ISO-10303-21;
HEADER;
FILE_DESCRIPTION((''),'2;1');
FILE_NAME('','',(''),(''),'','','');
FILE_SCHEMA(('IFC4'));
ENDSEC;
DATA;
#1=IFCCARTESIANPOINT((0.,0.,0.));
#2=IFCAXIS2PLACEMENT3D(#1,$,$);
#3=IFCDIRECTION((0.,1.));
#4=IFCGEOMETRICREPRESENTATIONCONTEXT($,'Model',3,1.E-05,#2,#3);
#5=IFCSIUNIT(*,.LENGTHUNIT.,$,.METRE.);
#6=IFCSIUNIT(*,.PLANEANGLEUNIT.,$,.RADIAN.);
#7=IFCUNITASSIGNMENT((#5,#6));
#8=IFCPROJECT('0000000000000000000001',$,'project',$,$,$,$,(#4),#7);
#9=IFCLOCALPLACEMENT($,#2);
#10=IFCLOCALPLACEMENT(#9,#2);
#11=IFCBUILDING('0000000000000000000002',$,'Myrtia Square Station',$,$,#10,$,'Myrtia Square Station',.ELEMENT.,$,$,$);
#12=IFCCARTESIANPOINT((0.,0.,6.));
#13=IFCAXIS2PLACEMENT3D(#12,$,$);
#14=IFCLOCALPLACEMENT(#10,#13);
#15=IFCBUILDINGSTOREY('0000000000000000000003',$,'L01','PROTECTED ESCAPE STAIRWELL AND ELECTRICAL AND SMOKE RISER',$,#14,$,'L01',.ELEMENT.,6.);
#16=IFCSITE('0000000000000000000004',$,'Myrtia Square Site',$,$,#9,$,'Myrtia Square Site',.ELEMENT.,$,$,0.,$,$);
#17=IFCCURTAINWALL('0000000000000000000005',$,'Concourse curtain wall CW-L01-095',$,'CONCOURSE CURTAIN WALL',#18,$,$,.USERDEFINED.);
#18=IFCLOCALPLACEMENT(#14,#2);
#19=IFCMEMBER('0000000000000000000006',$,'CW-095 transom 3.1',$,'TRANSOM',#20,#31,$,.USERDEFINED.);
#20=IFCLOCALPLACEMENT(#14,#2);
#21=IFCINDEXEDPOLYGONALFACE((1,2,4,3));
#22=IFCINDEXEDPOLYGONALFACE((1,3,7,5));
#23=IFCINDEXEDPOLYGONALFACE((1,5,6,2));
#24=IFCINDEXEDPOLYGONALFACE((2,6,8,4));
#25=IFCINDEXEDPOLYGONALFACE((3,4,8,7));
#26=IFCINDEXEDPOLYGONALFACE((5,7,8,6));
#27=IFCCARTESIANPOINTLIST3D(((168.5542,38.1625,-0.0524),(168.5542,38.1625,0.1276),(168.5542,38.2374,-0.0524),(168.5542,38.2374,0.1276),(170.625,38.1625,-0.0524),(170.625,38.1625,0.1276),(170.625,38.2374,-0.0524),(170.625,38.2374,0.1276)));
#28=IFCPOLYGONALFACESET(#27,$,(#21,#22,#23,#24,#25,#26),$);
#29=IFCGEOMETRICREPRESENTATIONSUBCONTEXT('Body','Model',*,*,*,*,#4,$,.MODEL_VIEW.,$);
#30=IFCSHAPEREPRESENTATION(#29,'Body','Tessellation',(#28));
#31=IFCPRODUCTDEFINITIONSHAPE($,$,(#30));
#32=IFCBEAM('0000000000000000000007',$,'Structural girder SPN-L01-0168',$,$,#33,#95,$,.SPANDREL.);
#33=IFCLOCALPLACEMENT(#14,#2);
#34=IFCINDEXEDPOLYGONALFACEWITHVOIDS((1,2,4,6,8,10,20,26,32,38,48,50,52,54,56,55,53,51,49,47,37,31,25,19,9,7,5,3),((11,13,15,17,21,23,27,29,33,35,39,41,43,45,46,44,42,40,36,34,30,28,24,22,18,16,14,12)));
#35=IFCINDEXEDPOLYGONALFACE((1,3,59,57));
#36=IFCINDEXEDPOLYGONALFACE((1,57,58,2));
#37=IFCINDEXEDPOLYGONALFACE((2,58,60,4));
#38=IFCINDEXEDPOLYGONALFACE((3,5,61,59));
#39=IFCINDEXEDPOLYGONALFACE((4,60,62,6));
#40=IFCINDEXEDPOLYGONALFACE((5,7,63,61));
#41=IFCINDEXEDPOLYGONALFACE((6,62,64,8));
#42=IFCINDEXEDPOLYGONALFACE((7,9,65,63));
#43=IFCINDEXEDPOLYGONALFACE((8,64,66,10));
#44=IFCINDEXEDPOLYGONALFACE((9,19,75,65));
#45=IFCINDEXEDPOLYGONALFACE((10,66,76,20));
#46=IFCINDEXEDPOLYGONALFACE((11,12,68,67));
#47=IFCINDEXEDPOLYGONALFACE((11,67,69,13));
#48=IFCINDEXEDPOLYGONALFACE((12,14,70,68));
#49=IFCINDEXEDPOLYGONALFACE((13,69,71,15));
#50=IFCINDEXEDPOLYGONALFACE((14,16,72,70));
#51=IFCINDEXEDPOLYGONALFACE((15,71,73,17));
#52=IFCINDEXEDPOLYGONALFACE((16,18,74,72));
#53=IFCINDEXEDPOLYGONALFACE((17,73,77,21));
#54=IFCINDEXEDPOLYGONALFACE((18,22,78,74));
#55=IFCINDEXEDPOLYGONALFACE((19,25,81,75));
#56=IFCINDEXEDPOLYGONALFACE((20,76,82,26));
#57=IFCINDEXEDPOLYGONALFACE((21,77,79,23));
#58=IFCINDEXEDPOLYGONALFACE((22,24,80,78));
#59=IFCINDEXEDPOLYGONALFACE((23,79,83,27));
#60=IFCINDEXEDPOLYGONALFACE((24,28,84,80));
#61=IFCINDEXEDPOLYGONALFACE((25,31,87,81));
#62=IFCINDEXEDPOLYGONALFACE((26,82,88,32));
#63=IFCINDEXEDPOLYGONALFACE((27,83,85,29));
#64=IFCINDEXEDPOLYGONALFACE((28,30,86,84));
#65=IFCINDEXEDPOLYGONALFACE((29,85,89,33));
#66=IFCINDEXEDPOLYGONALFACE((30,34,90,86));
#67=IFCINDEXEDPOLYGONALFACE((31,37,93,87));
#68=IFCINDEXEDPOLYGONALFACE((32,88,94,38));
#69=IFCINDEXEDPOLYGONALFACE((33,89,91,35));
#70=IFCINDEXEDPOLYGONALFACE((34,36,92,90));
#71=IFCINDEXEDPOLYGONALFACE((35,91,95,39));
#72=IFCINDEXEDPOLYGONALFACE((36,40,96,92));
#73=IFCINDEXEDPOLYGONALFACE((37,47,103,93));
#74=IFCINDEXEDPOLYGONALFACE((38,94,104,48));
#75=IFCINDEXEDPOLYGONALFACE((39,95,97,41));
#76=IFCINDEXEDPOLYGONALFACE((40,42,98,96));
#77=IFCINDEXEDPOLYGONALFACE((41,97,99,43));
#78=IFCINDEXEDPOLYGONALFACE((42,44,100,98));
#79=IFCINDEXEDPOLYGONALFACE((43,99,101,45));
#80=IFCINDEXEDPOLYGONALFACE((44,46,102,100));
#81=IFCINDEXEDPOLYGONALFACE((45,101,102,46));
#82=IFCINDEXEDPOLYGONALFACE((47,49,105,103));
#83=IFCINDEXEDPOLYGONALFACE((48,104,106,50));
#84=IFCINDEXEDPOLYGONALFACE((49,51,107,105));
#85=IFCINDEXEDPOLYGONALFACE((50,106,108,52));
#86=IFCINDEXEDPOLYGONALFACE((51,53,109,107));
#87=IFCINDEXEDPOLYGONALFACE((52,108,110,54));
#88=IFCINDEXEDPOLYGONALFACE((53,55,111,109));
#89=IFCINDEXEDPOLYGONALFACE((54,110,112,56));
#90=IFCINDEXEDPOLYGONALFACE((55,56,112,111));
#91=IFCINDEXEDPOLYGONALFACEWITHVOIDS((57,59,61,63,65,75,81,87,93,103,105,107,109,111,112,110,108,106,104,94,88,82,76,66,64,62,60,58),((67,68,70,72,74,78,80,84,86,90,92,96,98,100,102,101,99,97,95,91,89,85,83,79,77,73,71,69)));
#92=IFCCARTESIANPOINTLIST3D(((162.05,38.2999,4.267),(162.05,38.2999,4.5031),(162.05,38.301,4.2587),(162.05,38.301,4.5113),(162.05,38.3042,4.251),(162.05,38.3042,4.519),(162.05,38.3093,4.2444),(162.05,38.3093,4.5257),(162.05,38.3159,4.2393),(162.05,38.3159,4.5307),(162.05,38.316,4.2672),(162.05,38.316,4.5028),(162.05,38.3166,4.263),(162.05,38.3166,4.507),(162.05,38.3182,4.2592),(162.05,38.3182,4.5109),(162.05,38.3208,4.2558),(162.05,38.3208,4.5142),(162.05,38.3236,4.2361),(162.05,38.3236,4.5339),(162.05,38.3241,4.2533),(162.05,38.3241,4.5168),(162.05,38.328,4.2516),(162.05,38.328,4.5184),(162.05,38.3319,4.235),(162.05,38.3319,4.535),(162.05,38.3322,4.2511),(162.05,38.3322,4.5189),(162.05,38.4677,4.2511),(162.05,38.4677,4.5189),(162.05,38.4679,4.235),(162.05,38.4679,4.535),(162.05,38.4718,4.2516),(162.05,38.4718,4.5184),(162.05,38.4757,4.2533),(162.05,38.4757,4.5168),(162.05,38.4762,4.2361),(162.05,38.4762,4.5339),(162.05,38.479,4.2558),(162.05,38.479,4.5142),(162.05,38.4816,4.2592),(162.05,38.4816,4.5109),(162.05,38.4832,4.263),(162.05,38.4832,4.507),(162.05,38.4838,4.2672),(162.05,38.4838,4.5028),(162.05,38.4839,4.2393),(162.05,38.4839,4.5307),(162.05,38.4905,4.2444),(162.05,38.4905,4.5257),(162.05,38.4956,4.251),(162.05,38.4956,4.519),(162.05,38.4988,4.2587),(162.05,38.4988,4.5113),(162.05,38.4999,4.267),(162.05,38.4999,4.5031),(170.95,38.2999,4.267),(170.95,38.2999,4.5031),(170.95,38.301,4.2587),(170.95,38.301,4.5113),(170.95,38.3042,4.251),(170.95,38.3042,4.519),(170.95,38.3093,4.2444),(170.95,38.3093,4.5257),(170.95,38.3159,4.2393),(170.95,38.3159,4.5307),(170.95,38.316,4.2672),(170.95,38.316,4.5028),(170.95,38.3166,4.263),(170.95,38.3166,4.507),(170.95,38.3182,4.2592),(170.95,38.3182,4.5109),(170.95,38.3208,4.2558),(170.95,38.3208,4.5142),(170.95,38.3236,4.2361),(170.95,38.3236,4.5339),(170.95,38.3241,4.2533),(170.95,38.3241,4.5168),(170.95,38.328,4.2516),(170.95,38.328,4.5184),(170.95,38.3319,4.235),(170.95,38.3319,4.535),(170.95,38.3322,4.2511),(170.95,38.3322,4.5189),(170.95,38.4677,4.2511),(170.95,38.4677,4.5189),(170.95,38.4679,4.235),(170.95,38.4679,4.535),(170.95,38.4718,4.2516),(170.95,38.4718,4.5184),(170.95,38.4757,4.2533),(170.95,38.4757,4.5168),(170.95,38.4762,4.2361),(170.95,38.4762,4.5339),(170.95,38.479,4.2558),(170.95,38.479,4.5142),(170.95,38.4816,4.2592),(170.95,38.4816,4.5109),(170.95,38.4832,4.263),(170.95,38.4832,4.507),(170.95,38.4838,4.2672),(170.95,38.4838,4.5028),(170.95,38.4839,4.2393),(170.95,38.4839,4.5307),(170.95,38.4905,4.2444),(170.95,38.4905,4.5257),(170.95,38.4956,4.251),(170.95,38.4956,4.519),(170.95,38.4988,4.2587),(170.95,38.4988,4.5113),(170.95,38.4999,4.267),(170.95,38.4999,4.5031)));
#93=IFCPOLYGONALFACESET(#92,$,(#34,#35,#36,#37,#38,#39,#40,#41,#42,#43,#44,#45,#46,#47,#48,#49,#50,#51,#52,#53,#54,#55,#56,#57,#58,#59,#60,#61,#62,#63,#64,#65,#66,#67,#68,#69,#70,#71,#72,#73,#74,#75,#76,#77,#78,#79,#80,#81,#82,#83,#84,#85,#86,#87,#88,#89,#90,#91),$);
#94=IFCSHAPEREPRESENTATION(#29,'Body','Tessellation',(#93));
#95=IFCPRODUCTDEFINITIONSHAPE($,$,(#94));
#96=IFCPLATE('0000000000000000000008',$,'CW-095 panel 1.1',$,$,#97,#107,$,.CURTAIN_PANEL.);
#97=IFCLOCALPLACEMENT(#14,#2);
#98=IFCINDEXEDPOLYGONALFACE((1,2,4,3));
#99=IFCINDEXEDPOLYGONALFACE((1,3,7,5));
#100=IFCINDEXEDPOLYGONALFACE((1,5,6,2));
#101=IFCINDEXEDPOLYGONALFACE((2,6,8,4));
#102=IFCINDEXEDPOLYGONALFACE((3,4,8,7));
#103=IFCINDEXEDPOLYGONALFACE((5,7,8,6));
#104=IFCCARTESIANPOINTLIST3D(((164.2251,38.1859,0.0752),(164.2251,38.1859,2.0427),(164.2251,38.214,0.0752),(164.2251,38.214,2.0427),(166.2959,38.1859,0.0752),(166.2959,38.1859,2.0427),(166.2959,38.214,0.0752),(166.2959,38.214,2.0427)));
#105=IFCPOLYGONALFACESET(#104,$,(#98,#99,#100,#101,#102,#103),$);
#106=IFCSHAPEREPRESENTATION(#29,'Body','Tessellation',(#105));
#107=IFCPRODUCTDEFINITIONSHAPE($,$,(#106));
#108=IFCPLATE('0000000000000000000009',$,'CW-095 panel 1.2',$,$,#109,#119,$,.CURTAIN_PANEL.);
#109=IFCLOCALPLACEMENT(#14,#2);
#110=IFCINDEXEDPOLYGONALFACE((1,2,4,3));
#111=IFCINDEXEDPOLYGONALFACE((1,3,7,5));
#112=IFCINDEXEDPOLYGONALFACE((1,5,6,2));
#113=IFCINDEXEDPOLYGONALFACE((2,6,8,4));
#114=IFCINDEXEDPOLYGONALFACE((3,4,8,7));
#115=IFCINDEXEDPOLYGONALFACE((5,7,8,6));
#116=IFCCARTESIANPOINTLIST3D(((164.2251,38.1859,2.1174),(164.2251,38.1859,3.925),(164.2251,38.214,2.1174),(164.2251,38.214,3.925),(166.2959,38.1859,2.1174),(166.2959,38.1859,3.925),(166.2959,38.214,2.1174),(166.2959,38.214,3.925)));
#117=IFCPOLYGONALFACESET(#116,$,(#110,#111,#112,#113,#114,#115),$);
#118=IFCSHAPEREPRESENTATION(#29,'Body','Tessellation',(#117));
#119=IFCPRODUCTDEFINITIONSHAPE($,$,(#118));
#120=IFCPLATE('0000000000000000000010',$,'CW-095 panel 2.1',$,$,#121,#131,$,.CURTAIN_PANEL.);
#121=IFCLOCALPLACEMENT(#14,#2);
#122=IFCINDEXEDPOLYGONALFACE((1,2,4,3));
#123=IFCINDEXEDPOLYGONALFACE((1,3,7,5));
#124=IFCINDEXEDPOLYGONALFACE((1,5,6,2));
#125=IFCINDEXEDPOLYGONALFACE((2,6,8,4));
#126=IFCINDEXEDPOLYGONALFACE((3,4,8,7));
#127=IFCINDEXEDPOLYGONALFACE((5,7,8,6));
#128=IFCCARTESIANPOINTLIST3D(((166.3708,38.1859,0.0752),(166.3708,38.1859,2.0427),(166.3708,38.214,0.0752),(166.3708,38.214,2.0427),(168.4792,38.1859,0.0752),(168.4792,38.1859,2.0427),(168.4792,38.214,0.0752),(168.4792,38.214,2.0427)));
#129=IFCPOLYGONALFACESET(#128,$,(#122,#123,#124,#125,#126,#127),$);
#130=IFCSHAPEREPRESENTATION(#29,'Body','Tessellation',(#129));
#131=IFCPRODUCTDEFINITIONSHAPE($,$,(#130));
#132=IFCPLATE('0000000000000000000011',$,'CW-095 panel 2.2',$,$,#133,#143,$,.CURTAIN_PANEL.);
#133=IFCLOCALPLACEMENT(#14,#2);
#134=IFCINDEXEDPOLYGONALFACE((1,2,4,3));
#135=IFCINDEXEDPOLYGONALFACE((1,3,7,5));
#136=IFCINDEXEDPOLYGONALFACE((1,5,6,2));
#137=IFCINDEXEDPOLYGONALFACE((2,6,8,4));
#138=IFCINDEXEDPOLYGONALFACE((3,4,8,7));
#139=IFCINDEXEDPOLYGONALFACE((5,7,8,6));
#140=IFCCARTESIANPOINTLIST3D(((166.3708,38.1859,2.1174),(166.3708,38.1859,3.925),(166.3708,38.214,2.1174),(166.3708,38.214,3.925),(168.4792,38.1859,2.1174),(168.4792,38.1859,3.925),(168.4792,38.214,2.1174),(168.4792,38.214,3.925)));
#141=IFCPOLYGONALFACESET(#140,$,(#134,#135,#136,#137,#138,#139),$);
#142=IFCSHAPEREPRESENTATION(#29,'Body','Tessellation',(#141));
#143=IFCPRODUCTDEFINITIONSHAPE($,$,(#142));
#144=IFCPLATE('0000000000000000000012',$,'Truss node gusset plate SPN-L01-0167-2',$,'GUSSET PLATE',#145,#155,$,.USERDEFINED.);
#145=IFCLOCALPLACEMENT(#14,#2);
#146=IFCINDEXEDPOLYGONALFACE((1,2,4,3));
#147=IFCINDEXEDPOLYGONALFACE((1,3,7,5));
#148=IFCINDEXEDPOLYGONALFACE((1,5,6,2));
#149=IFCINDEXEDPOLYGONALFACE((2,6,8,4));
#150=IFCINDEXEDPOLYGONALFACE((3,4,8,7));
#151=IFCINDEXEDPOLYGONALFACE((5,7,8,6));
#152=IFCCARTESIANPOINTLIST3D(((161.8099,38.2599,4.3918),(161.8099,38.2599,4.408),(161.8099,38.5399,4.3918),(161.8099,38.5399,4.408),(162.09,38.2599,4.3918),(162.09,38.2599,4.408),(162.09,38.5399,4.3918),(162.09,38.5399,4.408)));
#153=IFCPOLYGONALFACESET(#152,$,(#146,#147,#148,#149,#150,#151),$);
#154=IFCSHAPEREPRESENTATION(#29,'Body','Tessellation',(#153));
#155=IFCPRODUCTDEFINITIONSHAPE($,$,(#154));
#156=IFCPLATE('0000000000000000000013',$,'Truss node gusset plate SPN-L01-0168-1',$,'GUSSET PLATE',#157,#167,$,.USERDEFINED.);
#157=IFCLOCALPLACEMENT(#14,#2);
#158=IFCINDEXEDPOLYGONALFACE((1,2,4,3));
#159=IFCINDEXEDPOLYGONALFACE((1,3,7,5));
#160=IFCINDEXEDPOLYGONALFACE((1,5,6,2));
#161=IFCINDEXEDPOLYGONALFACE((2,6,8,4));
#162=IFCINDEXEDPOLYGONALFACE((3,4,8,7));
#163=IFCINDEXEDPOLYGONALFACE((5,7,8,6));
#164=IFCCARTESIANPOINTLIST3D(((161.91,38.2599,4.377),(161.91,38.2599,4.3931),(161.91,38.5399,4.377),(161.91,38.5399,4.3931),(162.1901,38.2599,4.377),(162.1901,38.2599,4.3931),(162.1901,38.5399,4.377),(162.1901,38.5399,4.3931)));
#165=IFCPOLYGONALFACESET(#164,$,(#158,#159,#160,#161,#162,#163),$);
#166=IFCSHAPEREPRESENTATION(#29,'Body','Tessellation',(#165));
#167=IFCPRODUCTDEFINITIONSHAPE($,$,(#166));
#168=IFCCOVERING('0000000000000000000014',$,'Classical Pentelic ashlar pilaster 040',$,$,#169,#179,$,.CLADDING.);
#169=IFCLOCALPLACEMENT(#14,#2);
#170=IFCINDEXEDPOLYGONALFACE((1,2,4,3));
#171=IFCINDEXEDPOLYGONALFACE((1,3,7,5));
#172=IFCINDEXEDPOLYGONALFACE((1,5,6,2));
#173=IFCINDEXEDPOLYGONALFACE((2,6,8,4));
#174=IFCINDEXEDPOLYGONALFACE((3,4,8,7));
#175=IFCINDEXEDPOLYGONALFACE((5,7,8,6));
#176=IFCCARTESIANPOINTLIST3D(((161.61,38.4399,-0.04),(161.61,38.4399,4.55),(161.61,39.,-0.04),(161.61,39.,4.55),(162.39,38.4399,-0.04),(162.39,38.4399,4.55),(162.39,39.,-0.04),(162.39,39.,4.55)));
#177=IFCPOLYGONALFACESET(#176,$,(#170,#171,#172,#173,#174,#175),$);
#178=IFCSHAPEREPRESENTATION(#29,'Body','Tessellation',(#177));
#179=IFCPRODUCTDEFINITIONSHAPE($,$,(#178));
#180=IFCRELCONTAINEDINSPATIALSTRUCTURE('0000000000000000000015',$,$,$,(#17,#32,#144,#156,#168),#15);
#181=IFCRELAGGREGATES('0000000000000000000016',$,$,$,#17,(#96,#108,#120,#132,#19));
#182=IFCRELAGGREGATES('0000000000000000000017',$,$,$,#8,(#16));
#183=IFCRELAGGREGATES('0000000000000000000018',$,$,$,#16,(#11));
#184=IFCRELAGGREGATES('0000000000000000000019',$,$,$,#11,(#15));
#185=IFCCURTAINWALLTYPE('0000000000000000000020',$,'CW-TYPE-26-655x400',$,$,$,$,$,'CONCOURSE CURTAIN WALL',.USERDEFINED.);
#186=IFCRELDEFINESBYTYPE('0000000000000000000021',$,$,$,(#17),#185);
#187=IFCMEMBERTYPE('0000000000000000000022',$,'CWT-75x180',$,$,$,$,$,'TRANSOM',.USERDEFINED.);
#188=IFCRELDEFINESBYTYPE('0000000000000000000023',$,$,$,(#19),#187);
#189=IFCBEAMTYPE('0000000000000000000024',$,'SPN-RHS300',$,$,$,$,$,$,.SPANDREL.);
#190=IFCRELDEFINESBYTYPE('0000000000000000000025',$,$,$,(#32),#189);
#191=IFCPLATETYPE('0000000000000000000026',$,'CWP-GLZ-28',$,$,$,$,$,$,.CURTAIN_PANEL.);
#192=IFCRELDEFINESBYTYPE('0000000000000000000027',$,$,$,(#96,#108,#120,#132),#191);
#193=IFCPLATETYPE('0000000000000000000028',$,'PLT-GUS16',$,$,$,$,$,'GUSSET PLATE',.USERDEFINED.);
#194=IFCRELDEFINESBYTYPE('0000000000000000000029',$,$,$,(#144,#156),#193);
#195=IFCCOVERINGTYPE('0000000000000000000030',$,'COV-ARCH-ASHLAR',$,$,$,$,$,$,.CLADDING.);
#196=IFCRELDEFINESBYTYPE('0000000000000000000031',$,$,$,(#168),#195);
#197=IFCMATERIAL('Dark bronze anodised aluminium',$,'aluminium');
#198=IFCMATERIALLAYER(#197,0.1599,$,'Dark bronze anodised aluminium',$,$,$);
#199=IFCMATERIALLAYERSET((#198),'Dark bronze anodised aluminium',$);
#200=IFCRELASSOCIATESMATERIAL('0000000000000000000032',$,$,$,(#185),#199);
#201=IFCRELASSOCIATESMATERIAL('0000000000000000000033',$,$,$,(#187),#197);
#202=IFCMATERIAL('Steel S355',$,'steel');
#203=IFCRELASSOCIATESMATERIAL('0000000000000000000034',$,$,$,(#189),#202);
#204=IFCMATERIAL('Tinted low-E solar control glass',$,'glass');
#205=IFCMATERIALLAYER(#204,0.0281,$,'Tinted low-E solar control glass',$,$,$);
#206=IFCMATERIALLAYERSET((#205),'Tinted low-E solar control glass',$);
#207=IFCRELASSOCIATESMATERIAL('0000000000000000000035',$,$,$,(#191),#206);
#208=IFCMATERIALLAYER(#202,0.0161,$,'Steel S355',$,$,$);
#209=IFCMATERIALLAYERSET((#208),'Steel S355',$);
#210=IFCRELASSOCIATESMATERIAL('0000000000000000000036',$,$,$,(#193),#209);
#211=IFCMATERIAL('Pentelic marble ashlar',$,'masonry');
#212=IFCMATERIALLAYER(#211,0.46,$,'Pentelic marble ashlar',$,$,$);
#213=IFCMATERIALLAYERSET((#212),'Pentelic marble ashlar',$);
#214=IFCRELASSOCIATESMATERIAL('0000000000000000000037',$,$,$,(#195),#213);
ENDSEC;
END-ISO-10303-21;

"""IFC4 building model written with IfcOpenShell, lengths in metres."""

from ifc_helpers import new_model, si_unit, direction, frame, origin, origin_2d, place, context, subcontext, project, spatial, rectangle, hollow_rectangle, extrude, material, layer, layer_set, material_profile, profile_set, type_object, element, aggregate, save


model = new_model("IFC4")

# Units and contexts
model_context = context("Model", 3, precision=1e-05, world=origin(), true_north=direction((0.0, 1.0)))
body_context = subcontext(model_context, "Body", "Model", "MODEL_VIEW")
ifc_project = project(units=[si_unit("LENGTHUNIT", "METRE"), si_unit("PLANEANGLEUNIT", "RADIAN")], contexts=[model_context])

# Site, building, storey
site_placement = place(None, origin())
site = spatial("IfcSite", under=ifc_project, at=site_placement, Name="Myrtia Square Site", LongName="Myrtia Square Site", CompositionType="ELEMENT", RefElevation=0.0)
building_placement = place(site_placement, origin())
building = spatial("IfcBuilding", under=site, at=building_placement, Name="Myrtia Square Station", LongName="Myrtia Square Station", CompositionType="ELEMENT")
storey_placement = place(building_placement, frame((0.0, 0.0, 6.0)))
storey = spatial("IfcBuildingStorey", under=building, at=storey_placement, Name="L01", Description="PROTECTED ESCAPE STAIRWELL AND ELECTRICAL AND SMOKE RISER", LongName="L01", CompositionType="ELEMENT", Elevation=6.0)

# Shared definitions
ifc_material_1 = material(Name="Steel S355", Category="steel")

# Curtain wall, member
ifc_material_2 = material(Name="Dark bronze anodised aluminium", Category="aluminium")
ifc_layer_1 = layer(ifc_material_2, 0.1599, Name="Dark bronze anodised aluminium")
ifc_layer_set_1 = layer_set([ifc_layer_1], Name="Dark bronze anodised aluminium")
curtain_wall_type = type_object("IfcCurtainWallType", Name="CW-TYPE-26-655x400", ElementType="CONCOURSE CURTAIN WALL", PredefinedType="USERDEFINED", material=ifc_layer_set_1)
curtain_wall_placement = place(storey_placement, origin())
curtain_wall = element("IfcCurtainWall", 1, at=curtain_wall_placement, inside=storey, type_object=curtain_wall_type, Name="Concourse curtain wall CW-L01-095", ObjectType="CONCOURSE CURTAIN WALL", PredefinedType="USERDEFINED")
ifc_material_profile_1 = material_profile(ifc_material_2, rectangle(XDim=0.075, YDim=0.1799, at=origin_2d()), Name="ALU-T 75x180")
ifc_profile_set_1 = profile_set([ifc_material_profile_1], Name="Dark bronze anodised aluminium")
member_type_1 = type_object("IfcMemberType", Name="CWT-75x180", ElementType="TRANSOM", PredefinedType="USERDEFINED", material=ifc_profile_set_1)
member_1_placement = place(storey_placement, frame((168.5542, 38.2, 0.0376), z_axis=(1.0, 0.0, 0.0), x_axis=(0.0, 1.0, 0.0)))
member_1 = element("IfcMember", 2, at=member_1_placement, type_object=member_type_1, Name="CW-095 transom 3.1", ObjectType="TRANSOM", PredefinedType="USERDEFINED", context=body_context, shape_type="SweptSolid", body=[
    extrude(rectangle(XDim=0.075, YDim=0.1799, at=origin_2d()), origin(), (0.0, 0.0, 1.0), 2.0708),
])

# Beam
ifc_material_profile_2 = material_profile(ifc_material_1, hollow_rectangle(XDim=0.2, YDim=0.3, WallThickness=0.0161, InnerFilletRadius=0.0161, OuterFilletRadius=0.032, at=origin_2d()), Name="RHS 300x200x16")
ifc_profile_set_2 = profile_set([ifc_material_profile_2], Name="Steel S355")
beam_type = type_object("IfcBeamType", Name="SPN-RHS300", PredefinedType="SPANDREL", material=ifc_profile_set_2)
beam_placement = place(storey_placement, frame((162.05, 38.3999, 4.385), z_axis=(1.0, 0.0, 0.0), x_axis=(0.0, 1.0, 0.0)))
element("IfcBeam", 3, at=beam_placement, inside=storey, type_object=beam_type, Name="Structural girder SPN-L01-0168", PredefinedType="SPANDREL", context=body_context, shape_type="SweptSolid", body=[
    extrude(hollow_rectangle(XDim=0.2, YDim=0.3, WallThickness=0.0161, InnerFilletRadius=0.0161, OuterFilletRadius=0.032, at=origin_2d()), origin(), (0.0, 0.0, 1.0), 8.8999),
])

# Plates
ifc_material_3 = material(Name="Tinted low-E solar control glass", Category="glass")
ifc_layer_2 = layer(ifc_material_3, 0.0281, Name="Tinted low-E solar control glass")
ifc_layer_set_2 = layer_set([ifc_layer_2], Name="Tinted low-E solar control glass")
plate_type_1 = type_object("IfcPlateType", Name="CWP-GLZ-28", PredefinedType="CURTAIN_PANEL", material=ifc_layer_set_2)
plate_1_placement = place(storey_placement, frame((165.2605, 38.2, 0.0752), z_axis=(0.0, 0.0, 1.0), x_axis=(1.0, 0.0, 0.0)))
plate_1 = element("IfcPlate", 4, at=plate_1_placement, type_object=plate_type_1, Name="CW-095 panel 1.1", PredefinedType="CURTAIN_PANEL", context=body_context, shape_type="SweptSolid", body=[
    extrude(rectangle(XDim=2.0708, YDim=0.0281, at=origin_2d()), origin(), (0.0, 0.0, 1.0), 1.9675),
])
plate_2_placement = place(storey_placement, frame((165.2605, 38.2, 2.1174), z_axis=(0.0, 0.0, 1.0), x_axis=(1.0, 0.0, 0.0)))
plate_2 = element("IfcPlate", 5, at=plate_2_placement, type_object=plate_type_1, Name="CW-095 panel 1.2", PredefinedType="CURTAIN_PANEL", context=body_context, shape_type="SweptSolid", body=[
    extrude(rectangle(XDim=2.0708, YDim=0.0281, at=origin_2d()), origin(), (0.0, 0.0, 1.0), 1.8076),
])
plate_3_placement = place(storey_placement, frame((167.425, 38.2, 0.0752), z_axis=(0.0, 0.0, 1.0), x_axis=(1.0, 0.0, 0.0)))
plate_3 = element("IfcPlate", 6, at=plate_3_placement, type_object=plate_type_1, Name="CW-095 panel 2.1", PredefinedType="CURTAIN_PANEL", context=body_context, shape_type="SweptSolid", body=[
    extrude(rectangle(XDim=2.1084, YDim=0.0281, at=origin_2d()), origin(), (0.0, 0.0, 1.0), 1.9675),
])
plate_4_placement = place(storey_placement, frame((167.425, 38.2, 2.1174), z_axis=(0.0, 0.0, 1.0), x_axis=(1.0, 0.0, 0.0)))
plate_4 = element("IfcPlate", 7, at=plate_4_placement, type_object=plate_type_1, Name="CW-095 panel 2.2", PredefinedType="CURTAIN_PANEL", context=body_context, shape_type="SweptSolid", body=[
    extrude(rectangle(XDim=2.1084, YDim=0.0281, at=origin_2d()), origin(), (0.0, 0.0, 1.0), 1.8076),
])
aggregate(curtain_wall, [plate_1, plate_2, plate_3, plate_4, member_1])

# Plates
ifc_layer_3 = layer(ifc_material_1, 0.0161, Name="Steel S355")
ifc_layer_set_3 = layer_set([ifc_layer_3], Name="Steel S355")
plate_type_2 = type_object("IfcPlateType", Name="PLT-GUS16", ElementType="GUSSET PLATE", PredefinedType="USERDEFINED", material=ifc_layer_set_3)
for number, where, z_axis, x_axis, name in (
    (8, (161.95, 38.3999, 4.3918), (0.0, 0.0, 1.0), (1.0, 0.0, 0.0), "Truss node gusset plate SPN-L01-0167-2"),
    (9, (162.05, 38.3999, 4.377), (0.0, 0.0, 1.0), (1.0, 0.0, 0.0), "Truss node gusset plate SPN-L01-0168-1"),
):
    element("IfcPlate", number, at=place(storey_placement, frame(where, z_axis=z_axis, x_axis=x_axis)), inside=storey, type_object=plate_type_2, Name=name, ObjectType="GUSSET PLATE", PredefinedType="USERDEFINED", context=body_context, shape_type="SweptSolid", body=[
        extrude(rectangle(XDim=0.28, YDim=0.28, at=origin_2d()), origin(), (0.0, 0.0, 1.0), 0.0161),
    ])

# Covering
ifc_material_4 = material(Name="Pentelic marble ashlar", Category="masonry")
ifc_layer_4 = layer(ifc_material_4, 0.46, Name="Pentelic marble ashlar")
ifc_layer_set_4 = layer_set([ifc_layer_4], Name="Pentelic marble ashlar")
covering_type = type_object("IfcCoveringType", Name="COV-ARCH-ASHLAR", PredefinedType="CLADDING", material=ifc_layer_set_4)
covering_placement = place(storey_placement, frame((162.0, 38.72, -0.04), z_axis=(0.0, 0.0, 1.0), x_axis=(1.0, 0.0, 0.0)))
element("IfcCovering", 10, at=covering_placement, inside=storey, type_object=covering_type, Name="Classical Pentelic ashlar pilaster 040", PredefinedType="CLADDING", context=body_context, shape_type="SweptSolid", body=[
    extrude(rectangle(XDim=0.78, YDim=0.5601, at=origin_2d()), origin(), (0.0, 0.0, 1.0), 4.5901),
])

save(model, "model.ifc")
